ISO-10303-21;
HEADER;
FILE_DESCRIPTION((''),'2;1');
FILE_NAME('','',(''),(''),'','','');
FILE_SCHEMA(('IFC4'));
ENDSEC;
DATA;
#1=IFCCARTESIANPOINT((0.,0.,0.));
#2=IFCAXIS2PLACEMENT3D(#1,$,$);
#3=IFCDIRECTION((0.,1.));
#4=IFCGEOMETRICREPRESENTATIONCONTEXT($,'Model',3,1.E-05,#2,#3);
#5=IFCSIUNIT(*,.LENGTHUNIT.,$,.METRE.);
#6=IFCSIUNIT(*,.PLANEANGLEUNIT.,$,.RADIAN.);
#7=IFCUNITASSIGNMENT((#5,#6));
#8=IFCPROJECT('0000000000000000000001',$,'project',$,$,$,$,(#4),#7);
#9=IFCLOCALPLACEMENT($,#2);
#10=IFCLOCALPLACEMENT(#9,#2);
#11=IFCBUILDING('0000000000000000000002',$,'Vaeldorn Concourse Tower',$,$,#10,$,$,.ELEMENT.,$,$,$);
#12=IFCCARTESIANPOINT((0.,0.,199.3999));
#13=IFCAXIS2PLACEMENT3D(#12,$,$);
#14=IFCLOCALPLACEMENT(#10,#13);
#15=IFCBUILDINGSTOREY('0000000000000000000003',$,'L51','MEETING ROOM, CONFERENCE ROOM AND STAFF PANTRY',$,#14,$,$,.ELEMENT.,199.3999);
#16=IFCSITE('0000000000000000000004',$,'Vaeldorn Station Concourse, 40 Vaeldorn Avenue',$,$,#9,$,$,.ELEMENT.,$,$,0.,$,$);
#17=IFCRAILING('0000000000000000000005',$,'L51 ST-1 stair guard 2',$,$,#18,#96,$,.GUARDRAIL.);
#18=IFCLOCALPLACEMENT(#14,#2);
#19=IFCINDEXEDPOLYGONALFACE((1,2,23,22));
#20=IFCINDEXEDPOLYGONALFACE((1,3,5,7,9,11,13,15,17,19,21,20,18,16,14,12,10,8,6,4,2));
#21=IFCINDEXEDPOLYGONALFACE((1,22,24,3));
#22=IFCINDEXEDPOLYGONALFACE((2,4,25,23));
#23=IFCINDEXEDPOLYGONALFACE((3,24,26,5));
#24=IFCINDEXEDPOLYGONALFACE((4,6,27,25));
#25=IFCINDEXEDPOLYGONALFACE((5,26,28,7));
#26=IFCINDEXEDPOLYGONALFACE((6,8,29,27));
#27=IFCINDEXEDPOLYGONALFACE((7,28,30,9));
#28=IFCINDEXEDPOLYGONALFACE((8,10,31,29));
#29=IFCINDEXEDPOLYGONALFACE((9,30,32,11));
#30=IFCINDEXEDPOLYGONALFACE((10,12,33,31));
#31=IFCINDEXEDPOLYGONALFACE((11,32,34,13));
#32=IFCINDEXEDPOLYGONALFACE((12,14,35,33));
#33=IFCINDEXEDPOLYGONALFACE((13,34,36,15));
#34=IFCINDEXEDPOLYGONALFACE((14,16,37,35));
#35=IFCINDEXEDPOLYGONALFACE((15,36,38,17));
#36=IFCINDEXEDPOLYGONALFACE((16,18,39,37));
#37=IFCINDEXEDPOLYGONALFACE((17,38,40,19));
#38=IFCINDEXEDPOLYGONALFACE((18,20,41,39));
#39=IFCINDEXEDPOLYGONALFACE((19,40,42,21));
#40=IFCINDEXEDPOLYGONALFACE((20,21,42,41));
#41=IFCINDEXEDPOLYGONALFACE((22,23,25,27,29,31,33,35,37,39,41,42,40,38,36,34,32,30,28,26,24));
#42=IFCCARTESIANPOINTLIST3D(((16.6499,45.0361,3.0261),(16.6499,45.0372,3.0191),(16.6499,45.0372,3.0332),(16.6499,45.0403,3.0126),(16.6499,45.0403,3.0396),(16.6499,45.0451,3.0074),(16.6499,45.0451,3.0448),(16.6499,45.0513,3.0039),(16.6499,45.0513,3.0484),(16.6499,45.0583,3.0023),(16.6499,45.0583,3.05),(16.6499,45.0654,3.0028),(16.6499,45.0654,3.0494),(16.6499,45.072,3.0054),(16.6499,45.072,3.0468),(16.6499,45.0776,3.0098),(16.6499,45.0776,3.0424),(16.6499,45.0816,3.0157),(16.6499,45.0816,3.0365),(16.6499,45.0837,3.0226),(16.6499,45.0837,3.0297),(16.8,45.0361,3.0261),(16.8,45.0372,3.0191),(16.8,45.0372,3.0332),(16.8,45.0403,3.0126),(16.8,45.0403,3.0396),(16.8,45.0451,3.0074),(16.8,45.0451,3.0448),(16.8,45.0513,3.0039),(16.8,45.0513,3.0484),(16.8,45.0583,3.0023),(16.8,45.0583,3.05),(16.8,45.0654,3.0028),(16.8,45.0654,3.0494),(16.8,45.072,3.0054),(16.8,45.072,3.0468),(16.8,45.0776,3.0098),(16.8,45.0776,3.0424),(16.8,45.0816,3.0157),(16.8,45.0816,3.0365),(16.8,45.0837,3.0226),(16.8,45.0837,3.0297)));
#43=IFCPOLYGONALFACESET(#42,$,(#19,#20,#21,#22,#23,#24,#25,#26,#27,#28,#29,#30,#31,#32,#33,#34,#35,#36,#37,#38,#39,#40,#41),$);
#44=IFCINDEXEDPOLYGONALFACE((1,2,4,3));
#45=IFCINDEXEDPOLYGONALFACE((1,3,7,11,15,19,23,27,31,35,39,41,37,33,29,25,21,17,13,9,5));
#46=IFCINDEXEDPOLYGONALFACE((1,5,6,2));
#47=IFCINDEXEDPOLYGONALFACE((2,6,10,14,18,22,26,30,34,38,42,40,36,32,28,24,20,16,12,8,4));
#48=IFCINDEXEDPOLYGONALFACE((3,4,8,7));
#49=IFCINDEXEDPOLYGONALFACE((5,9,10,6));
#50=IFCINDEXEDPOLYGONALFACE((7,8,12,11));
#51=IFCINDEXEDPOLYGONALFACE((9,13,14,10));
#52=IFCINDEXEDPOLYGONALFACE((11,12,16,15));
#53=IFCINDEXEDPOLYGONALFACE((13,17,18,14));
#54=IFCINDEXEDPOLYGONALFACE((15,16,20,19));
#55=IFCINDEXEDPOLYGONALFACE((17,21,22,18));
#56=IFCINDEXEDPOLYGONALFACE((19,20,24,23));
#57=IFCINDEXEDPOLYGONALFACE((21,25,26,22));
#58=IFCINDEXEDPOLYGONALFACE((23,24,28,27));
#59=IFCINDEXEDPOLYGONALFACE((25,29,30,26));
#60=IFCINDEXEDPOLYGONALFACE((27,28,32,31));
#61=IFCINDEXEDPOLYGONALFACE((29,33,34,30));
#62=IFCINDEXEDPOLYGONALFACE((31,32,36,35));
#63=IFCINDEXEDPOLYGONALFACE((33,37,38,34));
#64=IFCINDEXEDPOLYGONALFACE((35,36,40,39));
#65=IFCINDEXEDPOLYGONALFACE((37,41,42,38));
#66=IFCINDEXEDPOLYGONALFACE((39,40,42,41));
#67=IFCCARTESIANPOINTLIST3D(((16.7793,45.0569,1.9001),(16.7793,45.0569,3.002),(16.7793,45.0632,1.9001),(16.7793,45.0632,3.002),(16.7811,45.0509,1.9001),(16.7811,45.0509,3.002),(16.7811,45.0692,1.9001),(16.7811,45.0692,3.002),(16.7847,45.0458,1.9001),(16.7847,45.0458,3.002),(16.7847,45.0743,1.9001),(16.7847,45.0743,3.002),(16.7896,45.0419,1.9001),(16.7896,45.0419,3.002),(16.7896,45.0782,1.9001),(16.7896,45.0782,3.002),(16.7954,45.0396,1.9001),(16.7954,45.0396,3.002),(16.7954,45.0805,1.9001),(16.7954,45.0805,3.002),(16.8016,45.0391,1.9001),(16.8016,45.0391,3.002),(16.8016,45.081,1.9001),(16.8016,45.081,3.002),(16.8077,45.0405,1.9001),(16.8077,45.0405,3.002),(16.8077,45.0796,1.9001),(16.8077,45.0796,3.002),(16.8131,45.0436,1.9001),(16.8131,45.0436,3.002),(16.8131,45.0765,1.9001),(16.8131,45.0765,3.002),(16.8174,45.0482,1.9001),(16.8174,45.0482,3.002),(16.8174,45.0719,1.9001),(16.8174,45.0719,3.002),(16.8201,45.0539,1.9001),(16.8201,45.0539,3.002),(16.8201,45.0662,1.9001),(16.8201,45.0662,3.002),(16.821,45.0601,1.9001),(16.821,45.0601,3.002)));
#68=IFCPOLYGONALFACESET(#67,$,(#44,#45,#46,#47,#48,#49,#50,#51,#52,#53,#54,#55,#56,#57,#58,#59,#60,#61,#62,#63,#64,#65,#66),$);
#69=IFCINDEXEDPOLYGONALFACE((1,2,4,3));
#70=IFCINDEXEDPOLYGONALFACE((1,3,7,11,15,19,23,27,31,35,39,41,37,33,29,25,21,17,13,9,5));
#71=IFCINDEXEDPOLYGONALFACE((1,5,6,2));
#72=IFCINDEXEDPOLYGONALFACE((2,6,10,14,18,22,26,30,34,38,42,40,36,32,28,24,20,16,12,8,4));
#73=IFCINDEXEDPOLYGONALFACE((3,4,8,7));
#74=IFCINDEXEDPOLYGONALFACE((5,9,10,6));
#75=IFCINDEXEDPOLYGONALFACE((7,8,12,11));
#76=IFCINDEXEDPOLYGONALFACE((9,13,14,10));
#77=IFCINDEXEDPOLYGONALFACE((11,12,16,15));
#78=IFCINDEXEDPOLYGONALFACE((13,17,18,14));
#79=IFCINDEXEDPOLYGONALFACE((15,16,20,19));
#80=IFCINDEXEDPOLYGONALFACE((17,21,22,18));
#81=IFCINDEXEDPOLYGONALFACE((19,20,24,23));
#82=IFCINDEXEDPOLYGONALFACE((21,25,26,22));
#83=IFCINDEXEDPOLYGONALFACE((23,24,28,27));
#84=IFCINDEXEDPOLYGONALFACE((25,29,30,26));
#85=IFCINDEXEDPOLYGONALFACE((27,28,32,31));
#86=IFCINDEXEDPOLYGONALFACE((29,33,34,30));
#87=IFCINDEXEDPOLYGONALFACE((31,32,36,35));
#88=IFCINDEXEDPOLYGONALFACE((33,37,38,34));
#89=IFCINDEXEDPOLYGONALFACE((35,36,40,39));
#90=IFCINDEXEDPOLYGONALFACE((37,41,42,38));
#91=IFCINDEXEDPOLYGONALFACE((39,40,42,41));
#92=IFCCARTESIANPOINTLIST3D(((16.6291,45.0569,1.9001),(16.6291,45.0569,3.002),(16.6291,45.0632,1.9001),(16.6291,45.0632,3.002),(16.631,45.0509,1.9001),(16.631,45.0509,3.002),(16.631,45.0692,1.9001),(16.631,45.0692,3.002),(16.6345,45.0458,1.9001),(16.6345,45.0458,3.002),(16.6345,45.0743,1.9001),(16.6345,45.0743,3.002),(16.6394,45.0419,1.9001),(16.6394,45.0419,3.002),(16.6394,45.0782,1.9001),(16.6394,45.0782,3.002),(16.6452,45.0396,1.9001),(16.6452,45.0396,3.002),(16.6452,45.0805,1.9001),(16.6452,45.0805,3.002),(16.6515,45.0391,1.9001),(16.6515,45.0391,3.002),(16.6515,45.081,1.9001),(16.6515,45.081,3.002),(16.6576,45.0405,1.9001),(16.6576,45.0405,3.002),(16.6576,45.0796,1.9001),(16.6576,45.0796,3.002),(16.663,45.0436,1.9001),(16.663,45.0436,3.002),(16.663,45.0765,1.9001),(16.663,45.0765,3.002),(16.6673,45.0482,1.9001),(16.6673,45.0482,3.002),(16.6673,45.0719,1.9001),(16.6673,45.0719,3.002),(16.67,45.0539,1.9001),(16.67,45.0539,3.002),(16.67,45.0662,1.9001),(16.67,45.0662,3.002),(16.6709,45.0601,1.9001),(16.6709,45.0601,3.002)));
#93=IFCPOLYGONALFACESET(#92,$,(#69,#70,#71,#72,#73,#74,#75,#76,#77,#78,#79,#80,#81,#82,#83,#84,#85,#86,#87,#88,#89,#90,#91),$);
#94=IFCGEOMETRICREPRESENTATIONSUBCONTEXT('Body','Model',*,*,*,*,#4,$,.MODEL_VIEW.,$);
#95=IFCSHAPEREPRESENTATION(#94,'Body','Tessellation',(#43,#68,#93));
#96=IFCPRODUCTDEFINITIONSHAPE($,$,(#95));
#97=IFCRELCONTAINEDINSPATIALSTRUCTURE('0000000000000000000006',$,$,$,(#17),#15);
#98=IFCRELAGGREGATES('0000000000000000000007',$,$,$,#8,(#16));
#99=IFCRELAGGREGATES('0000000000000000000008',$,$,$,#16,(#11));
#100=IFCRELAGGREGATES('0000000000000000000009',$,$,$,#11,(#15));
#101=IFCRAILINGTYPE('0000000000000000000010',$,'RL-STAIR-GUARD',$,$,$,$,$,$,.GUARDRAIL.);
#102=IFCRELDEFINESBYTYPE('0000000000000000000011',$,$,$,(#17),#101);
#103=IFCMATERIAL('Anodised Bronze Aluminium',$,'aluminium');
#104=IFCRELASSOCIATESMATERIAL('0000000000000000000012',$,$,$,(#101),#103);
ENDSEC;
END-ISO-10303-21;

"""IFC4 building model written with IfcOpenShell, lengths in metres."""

from ifc_helpers import new_model, si_unit, direction, frame, origin, origin_2d, place, context, subcontext, project, spatial, circle, extrude, material, type_object, element, save


model = new_model("IFC4")

# Units and contexts
model_context = context("Model", 3, precision=1e-05, world=origin(), true_north=direction((0.0, 1.0)))
body_context = subcontext(model_context, "Body", "Model", "MODEL_VIEW")
ifc_project = project(units=[si_unit("LENGTHUNIT", "METRE"), si_unit("PLANEANGLEUNIT", "RADIAN")], contexts=[model_context])

# Site, building, storey
site_placement = place(None, origin())
site = spatial("IfcSite", under=ifc_project, at=site_placement, Name="Vaeldorn Station Concourse, 40 Vaeldorn Avenue", CompositionType="ELEMENT", RefElevation=0.0)
building_placement = place(site_placement, origin())
building = spatial("IfcBuilding", under=site, at=building_placement, Name="Vaeldorn Concourse Tower", CompositionType="ELEMENT")
storey_placement = place(building_placement, frame((0.0, 0.0, 199.3999)))
storey = spatial("IfcBuildingStorey", under=building, at=storey_placement, Name="L51", Description="MEETING ROOM, CONFERENCE ROOM AND STAFF PANTRY", CompositionType="ELEMENT", Elevation=199.3999)

# Shared definitions
ifc_material_1 = material(Name="Anodised Bronze Aluminium", Category="aluminium")

# Railing
railing_type_1 = type_object("IfcRailingType", Name="RL-STAIR-GUARD", PredefinedType="GUARDRAIL", material=ifc_material_1)
railing_1_placement = place(storey_placement, frame((16.8, 45.0601, 1.9001)))
element("IfcRailing", 1, at=railing_1_placement, inside=storey, type_object=railing_type_1, Name="L51 ST-1 stair guard 2", PredefinedType="GUARDRAIL", context=body_context, shape_type="SweptSolid", body=[
    extrude(circle(Radius=0.0239, at=origin_2d()), frame((0.0, 0.0, 1.126), z_axis=(-1.0, 0.0, 0.0), x_axis=(0.0, -1.0, 0.0)), (0.0, 0.0, 1.0), 0.1501),
    extrude(circle(Radius=0.021, at=origin_2d()), origin(), (0.0, 0.0, 1.0), 1.1018),
    extrude(circle(Radius=0.021, at=origin_2d()), frame((-0.1501, 0.0, 0.0)), (0.0, 0.0, 1.0), 1.1018),
])

save(model, "model.ifc")
